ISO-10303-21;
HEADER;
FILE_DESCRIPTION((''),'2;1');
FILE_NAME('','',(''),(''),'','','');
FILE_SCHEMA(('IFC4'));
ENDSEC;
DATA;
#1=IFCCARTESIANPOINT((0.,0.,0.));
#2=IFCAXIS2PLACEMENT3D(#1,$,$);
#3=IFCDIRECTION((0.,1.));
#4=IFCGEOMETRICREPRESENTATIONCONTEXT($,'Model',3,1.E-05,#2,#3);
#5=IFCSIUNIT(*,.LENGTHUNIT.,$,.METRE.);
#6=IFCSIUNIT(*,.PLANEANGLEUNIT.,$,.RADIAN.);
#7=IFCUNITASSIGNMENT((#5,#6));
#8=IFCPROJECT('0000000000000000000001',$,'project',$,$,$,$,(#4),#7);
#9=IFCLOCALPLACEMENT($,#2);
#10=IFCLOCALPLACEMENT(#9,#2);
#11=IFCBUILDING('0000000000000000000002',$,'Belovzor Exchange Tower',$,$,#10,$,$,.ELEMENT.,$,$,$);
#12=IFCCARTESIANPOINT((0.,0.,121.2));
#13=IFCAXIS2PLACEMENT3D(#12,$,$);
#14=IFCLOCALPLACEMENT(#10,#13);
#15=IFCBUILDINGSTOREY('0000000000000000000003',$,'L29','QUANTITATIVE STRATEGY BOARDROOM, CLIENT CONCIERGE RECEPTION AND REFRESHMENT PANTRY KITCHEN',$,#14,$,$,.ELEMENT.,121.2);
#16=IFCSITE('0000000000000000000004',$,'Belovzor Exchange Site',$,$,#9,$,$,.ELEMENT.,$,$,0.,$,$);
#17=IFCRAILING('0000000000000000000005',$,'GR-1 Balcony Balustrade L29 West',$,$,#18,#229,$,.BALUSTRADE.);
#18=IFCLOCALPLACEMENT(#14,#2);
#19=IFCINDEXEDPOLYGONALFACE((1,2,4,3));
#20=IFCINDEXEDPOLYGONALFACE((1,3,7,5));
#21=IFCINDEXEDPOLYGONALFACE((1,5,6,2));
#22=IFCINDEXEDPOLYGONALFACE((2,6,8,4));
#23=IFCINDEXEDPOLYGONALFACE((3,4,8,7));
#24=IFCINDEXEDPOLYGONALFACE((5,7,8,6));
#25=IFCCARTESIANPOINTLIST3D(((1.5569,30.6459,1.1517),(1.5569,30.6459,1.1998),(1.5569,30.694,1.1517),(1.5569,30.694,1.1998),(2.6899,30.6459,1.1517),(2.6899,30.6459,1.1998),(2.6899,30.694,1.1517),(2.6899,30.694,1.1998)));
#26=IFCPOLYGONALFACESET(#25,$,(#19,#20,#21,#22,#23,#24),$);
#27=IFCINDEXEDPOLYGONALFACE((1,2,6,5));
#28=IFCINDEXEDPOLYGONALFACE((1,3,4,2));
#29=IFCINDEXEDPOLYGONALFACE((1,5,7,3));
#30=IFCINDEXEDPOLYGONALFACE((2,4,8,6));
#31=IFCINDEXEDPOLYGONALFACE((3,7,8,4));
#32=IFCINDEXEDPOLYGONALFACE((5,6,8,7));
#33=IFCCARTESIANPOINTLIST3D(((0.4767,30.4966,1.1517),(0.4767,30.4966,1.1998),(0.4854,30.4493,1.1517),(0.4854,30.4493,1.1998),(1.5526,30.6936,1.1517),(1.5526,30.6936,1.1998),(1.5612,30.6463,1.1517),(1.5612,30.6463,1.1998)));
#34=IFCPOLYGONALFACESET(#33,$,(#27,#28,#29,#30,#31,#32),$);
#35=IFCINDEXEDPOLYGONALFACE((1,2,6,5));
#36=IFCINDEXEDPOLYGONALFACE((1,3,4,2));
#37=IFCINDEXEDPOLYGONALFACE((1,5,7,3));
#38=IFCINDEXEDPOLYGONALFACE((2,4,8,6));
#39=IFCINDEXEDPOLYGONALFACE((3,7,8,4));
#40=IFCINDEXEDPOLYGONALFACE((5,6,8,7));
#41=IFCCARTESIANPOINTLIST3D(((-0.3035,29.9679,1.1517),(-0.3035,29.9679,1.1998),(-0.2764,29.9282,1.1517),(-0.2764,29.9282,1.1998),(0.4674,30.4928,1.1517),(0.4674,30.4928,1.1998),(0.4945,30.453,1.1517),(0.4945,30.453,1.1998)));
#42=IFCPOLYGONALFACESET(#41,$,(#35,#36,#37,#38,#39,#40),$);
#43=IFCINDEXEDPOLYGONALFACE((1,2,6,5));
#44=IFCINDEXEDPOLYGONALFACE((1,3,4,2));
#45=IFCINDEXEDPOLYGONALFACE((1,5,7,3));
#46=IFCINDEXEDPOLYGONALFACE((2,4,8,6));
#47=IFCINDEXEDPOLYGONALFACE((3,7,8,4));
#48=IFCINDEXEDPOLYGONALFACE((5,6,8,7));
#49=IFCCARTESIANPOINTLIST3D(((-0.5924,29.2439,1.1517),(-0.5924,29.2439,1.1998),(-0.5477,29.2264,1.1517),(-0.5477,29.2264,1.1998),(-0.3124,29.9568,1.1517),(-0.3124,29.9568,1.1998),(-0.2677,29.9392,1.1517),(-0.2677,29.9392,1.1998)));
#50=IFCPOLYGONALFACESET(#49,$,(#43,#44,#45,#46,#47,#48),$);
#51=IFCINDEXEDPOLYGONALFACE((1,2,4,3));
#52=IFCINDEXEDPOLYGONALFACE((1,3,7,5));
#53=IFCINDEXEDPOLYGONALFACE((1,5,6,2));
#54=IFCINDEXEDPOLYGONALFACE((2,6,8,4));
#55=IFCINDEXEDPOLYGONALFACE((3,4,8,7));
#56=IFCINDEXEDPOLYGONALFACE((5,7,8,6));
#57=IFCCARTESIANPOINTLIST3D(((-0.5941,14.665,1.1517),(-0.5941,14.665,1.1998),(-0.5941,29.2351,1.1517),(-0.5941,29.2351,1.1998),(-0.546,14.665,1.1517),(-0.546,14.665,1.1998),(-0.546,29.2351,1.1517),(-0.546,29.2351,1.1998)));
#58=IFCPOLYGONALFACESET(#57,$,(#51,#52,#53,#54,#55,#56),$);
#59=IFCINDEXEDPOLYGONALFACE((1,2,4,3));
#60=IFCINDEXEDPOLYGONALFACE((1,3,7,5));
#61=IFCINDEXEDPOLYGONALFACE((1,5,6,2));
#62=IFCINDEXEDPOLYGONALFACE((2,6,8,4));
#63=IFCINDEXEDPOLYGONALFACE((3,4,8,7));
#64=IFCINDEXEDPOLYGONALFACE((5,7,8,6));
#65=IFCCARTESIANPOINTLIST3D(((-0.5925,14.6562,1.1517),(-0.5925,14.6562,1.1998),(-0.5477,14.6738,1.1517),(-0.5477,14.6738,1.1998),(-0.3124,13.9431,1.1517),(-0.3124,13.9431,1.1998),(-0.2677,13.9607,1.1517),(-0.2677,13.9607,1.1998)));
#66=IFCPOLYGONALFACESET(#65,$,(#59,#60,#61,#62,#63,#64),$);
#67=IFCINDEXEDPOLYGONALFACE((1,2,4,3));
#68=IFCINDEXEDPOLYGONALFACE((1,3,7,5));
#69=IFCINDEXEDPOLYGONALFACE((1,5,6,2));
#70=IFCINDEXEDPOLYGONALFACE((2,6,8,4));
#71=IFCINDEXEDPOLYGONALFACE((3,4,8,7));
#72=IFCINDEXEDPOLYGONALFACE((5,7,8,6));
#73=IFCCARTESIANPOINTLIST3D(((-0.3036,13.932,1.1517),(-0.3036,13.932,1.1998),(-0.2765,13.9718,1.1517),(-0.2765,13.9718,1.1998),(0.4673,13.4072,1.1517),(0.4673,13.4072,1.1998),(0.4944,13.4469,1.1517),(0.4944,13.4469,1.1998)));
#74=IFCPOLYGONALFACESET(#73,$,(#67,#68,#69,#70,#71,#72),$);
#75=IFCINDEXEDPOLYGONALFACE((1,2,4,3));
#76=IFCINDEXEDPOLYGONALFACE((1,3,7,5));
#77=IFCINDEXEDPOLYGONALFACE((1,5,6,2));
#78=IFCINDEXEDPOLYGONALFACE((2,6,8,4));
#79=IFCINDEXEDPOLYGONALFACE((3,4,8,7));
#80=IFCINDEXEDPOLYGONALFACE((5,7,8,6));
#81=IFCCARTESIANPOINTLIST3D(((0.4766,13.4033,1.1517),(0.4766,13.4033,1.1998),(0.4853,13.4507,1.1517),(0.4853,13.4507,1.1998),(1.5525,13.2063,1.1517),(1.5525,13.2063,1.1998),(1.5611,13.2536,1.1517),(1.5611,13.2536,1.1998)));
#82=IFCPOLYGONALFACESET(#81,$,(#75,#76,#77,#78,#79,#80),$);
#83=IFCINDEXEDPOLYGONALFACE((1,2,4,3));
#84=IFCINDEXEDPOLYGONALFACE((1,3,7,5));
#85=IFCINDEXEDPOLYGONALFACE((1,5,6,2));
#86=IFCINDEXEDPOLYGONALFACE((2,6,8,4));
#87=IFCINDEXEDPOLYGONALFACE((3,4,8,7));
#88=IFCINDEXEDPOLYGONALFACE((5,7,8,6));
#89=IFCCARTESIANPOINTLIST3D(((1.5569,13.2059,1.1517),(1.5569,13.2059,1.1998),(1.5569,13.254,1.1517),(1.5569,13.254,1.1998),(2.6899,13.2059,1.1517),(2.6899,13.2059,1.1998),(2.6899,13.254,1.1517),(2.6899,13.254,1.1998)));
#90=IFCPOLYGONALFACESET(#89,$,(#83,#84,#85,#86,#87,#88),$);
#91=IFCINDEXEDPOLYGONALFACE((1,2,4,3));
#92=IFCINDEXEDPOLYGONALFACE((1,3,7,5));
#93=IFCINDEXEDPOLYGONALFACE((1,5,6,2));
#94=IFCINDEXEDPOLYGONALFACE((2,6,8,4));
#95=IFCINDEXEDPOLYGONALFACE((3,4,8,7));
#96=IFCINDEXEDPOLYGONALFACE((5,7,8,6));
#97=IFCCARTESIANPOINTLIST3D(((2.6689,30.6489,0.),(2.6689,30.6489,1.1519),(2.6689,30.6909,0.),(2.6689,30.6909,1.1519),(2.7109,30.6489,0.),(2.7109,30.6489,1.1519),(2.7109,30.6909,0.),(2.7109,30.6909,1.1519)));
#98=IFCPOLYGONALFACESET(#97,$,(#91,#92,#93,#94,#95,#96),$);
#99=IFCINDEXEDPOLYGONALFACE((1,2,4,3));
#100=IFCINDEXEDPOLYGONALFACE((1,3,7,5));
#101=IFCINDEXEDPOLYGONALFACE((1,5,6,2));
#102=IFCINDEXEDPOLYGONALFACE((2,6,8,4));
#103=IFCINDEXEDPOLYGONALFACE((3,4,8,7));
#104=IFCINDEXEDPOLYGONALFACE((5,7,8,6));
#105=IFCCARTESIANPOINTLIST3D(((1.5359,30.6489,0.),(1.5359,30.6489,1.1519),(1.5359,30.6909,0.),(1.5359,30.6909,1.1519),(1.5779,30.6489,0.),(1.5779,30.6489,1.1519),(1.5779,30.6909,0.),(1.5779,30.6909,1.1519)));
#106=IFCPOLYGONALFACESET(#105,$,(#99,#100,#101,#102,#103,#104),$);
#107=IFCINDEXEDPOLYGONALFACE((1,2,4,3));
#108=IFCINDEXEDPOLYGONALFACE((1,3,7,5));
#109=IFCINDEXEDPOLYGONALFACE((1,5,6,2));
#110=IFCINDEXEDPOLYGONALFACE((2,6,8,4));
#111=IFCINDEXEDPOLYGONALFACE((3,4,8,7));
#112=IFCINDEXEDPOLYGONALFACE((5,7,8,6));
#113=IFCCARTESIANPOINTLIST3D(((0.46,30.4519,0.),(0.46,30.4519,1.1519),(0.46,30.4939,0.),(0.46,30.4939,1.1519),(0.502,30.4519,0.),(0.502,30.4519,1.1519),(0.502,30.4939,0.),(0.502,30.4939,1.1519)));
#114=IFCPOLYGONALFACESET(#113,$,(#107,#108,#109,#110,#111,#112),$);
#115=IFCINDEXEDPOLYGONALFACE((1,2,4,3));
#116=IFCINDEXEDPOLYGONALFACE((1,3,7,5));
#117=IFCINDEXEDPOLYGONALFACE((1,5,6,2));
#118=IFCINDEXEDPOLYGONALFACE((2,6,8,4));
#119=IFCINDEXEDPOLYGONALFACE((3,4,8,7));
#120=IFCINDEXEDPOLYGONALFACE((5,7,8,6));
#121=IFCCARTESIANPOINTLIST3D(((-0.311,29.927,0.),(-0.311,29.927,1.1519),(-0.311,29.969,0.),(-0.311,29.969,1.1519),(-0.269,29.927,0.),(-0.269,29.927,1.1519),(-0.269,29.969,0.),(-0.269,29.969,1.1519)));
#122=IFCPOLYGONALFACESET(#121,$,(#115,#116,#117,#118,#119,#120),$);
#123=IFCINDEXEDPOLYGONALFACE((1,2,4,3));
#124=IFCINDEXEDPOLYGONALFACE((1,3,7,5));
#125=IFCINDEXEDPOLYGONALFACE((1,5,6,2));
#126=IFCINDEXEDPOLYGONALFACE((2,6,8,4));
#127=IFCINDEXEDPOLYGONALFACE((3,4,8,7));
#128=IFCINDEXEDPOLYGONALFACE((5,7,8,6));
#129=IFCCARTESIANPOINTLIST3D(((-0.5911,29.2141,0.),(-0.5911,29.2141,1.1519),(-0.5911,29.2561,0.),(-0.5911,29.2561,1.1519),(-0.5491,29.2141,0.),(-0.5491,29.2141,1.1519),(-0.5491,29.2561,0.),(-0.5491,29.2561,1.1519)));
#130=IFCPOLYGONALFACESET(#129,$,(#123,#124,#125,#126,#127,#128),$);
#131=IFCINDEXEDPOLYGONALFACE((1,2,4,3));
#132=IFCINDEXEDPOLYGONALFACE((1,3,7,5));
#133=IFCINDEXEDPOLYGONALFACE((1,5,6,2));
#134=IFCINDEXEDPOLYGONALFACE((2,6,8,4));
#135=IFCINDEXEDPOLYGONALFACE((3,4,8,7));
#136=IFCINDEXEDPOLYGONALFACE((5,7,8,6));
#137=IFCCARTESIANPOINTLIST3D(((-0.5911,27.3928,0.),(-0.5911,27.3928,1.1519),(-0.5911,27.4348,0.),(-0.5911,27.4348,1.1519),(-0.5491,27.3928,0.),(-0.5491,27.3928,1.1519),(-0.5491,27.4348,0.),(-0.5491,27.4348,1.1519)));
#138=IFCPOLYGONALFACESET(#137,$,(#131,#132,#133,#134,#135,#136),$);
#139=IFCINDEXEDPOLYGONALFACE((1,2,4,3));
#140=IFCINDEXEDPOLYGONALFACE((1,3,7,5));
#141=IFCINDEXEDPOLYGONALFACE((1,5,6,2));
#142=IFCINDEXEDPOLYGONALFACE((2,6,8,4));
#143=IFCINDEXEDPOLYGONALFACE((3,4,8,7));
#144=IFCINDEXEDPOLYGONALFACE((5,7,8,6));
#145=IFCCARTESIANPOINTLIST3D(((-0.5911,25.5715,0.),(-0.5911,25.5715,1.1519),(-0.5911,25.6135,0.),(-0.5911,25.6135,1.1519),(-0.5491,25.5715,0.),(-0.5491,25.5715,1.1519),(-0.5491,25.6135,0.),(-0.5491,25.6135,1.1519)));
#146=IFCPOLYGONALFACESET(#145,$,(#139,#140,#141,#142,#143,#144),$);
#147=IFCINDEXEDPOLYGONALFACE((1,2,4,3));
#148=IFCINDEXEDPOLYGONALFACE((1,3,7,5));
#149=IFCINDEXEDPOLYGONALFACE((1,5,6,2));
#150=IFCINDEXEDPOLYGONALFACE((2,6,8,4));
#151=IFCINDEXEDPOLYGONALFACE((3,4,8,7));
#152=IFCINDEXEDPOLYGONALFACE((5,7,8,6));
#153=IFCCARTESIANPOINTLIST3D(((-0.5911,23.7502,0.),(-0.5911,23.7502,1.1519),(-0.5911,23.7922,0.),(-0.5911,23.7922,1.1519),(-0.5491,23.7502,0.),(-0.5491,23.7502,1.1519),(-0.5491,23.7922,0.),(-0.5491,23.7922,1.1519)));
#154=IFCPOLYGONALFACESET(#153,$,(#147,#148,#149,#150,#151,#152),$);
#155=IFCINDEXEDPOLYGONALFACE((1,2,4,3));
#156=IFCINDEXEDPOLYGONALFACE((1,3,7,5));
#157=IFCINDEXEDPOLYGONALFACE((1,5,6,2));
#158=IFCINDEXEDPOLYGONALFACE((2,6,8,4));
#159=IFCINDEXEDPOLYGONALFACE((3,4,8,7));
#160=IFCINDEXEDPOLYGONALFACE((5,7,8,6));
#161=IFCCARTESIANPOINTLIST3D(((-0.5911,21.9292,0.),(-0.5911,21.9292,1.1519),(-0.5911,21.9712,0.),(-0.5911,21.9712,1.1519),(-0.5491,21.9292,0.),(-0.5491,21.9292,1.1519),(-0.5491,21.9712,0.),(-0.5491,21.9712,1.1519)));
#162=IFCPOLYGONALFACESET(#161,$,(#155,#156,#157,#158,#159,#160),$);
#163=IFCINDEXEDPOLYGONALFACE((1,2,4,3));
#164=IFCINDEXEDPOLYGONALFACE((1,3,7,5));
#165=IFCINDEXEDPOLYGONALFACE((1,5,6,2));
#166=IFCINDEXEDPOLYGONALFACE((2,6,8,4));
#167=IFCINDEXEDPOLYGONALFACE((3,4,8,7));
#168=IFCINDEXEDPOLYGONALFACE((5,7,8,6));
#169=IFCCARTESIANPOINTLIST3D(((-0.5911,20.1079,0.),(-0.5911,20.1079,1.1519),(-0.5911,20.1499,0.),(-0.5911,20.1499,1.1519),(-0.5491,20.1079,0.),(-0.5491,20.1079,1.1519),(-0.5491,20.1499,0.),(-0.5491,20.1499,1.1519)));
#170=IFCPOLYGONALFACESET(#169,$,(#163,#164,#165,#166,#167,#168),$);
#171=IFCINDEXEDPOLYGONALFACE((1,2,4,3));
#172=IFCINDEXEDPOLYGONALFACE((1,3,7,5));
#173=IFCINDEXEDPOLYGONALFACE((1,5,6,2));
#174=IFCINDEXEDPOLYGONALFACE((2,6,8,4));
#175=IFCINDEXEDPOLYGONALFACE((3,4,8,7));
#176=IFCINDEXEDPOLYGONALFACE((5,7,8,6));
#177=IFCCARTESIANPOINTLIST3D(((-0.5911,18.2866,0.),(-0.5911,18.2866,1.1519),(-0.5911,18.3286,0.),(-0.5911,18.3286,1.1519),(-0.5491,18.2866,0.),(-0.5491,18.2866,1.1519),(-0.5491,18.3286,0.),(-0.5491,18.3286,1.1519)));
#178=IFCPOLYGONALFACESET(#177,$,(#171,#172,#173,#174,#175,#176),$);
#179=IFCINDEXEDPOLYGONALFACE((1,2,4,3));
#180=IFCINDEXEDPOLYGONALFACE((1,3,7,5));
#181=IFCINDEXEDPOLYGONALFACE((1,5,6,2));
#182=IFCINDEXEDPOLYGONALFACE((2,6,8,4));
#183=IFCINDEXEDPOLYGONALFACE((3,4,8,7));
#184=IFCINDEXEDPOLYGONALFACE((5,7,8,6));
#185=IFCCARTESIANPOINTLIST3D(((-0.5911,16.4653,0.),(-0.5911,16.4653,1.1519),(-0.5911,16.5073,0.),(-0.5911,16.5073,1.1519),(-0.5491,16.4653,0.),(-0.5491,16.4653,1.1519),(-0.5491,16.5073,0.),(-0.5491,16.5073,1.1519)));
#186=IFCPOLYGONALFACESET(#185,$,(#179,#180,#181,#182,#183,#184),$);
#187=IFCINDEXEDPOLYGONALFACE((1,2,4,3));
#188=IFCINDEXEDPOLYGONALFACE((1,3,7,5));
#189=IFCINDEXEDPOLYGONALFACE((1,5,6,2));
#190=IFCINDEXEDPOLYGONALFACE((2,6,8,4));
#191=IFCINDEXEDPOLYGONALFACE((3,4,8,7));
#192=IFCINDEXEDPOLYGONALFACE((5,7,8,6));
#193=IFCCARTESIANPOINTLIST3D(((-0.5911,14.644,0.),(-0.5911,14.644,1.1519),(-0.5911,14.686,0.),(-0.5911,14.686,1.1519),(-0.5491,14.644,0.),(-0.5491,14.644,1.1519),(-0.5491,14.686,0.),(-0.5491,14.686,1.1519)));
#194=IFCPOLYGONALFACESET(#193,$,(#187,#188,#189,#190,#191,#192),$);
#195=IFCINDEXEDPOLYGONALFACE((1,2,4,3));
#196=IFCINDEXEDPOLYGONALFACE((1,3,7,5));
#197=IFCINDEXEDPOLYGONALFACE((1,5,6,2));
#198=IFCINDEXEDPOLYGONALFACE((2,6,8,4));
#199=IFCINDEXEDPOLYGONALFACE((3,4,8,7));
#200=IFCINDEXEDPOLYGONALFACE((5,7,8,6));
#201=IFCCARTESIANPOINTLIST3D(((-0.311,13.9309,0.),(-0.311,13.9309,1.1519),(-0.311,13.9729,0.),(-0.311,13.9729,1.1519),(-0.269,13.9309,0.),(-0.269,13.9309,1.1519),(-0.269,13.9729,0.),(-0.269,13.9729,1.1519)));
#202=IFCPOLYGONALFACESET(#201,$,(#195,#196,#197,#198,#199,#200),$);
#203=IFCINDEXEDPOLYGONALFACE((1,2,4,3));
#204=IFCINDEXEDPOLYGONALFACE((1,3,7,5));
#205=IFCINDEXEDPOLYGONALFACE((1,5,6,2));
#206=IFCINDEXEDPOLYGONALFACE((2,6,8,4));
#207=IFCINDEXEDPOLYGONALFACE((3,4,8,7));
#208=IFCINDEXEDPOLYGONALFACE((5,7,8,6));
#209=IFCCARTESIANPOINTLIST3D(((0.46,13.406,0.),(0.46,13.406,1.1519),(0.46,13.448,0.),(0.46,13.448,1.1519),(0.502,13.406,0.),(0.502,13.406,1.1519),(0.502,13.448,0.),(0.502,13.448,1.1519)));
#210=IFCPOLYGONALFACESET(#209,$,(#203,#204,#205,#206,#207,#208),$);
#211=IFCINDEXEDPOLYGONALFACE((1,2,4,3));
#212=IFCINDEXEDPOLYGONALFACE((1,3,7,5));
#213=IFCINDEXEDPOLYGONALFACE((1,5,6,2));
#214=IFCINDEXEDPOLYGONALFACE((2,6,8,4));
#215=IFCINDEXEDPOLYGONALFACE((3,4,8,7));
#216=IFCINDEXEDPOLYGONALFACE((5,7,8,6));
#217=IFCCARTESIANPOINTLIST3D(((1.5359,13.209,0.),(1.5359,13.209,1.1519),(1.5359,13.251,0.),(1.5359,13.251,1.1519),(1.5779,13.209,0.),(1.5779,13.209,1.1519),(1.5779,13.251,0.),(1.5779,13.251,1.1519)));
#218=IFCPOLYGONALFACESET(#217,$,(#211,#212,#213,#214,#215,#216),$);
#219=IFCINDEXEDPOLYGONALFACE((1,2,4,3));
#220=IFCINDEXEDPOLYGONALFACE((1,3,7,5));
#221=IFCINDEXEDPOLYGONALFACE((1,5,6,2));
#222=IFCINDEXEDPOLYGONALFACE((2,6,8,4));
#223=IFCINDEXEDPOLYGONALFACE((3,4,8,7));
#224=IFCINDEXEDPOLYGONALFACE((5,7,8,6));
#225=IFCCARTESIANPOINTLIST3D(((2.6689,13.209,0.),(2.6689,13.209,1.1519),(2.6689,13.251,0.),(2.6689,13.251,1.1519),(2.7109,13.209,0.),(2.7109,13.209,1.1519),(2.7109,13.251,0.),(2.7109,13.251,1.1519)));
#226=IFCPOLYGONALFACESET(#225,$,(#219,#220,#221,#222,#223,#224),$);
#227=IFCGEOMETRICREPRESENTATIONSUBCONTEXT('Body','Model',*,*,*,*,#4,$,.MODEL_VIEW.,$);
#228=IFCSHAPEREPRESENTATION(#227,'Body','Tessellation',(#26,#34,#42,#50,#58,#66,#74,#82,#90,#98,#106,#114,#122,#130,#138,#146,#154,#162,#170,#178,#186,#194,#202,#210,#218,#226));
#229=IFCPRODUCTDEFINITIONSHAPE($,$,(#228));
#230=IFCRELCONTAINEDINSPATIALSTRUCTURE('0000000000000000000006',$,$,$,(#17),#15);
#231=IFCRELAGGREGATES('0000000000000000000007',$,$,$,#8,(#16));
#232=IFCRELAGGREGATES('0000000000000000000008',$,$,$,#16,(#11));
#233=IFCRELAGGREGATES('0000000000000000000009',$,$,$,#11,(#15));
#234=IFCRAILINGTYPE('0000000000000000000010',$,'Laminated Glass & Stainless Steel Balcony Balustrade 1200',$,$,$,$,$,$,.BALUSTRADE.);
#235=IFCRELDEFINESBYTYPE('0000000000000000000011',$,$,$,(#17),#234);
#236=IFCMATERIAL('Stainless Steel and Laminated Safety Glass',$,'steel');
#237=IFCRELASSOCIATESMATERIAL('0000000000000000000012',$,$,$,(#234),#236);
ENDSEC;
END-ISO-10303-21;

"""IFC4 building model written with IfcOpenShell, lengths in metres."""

from ifc_helpers import new_model, si_unit, direction, frame, origin, origin_2d, place, context, subcontext, project, spatial, rectangle, extrude, material, type_object, element, save


model = new_model("IFC4")

# Units and contexts
model_context = context("Model", 3, precision=1e-05, world=origin(), true_north=direction((0.0, 1.0)))
body_context = subcontext(model_context, "Body", "Model", "MODEL_VIEW")
ifc_project = project(units=[si_unit("LENGTHUNIT", "METRE"), si_unit("PLANEANGLEUNIT", "RADIAN")], contexts=[model_context])

# Site, building, storey
site_placement = place(None, origin())
site = spatial("IfcSite", under=ifc_project, at=site_placement, Name="Belovzor Exchange Site", CompositionType="ELEMENT", RefElevation=0.0)
building_placement = place(site_placement, origin())
building = spatial("IfcBuilding", under=site, at=building_placement, Name="Belovzor Exchange Tower", CompositionType="ELEMENT")
storey_placement = place(building_placement, frame((0.0, 0.0, 121.2)))
storey = spatial("IfcBuildingStorey", under=building, at=storey_placement, Name="L29", Description="QUANTITATIVE STRATEGY BOARDROOM, CLIENT CONCIERGE RECEPTION AND REFRESHMENT PANTRY KITCHEN", CompositionType="ELEMENT", Elevation=121.2)

# Railing
ifc_material_1 = material(Name="Stainless Steel and Laminated Safety Glass", Category="steel")
railing_type = type_object("IfcRailingType", Name="Laminated Glass & Stainless Steel Balcony Balustrade 1200", PredefinedType="BALUSTRADE", material=ifc_material_1)
railing_placement = place(storey_placement, frame((2.6899, 30.6699, 0.0)))
element("IfcRailing", 1, at=railing_placement, inside=storey, type_object=railing_type, Name="GR-1 Balcony Balustrade L29 West", PredefinedType="BALUSTRADE", context=body_context, shape_type="SweptSolid", body=[
    extrude(rectangle(XDim=0.0481, YDim=0.0481, at=origin_2d()), frame((0.0, 0.0, 1.1758), z_axis=(-1.0, 0.0, 0.0), x_axis=(0.0, -1.0, 0.0)), (0.0, 0.0, 1.0), 1.1331),
    extrude(rectangle(XDim=0.0481, YDim=0.0481, at=origin_2d()), frame((-1.1331, 0.0, 1.1758), z_axis=(-0.983644, -0.180123, 0.0), x_axis=(0.180123, -0.983644, 0.0)), (0.0, 0.0, 1.0), 1.0938),
    extrude(rectangle(XDim=0.0481, YDim=0.0481, at=origin_2d()), frame((-2.209, -0.197, 1.1758), z_axis=(-0.826615, -0.562768, 0.0), x_axis=(0.562768, -0.826615, 0.0)), (0.0, 0.0, 1.0), 0.9326),
    extrude(rectangle(XDim=0.0481, YDim=0.0481, at=origin_2d()), frame((-2.98, -0.7219, 1.1758), z_axis=(-0.365613, -0.930767, 0.0), x_axis=(0.930767, -0.365613, 0.0)), (0.0, 0.0, 1.0), 0.7659),
    extrude(rectangle(XDim=0.0481, YDim=0.0481, at=origin_2d()), frame((-3.26, -1.4348, 1.1758), z_axis=(0.0, -1.0, 0.0), x_axis=(1.0, 0.0, 0.0)), (0.0, 0.0, 1.0), 14.5701),
    extrude(rectangle(XDim=0.0481, YDim=0.0481, at=origin_2d()), frame((-3.26, -16.0049, 1.1758), z_axis=(0.365504, -0.93081, 0.0), x_axis=(0.93081, 0.365504, 0.0)), (0.0, 0.0, 1.0), 0.7661),
    extrude(rectangle(XDim=0.0481, YDim=0.0481, at=origin_2d()), frame((-2.98, -16.718, 1.1758), z_axis=(0.826615, -0.562768, 0.0), x_axis=(0.562768, 0.826615, 0.0)), (0.0, 0.0, 1.0), 0.9326),
    extrude(rectangle(XDim=0.0481, YDim=0.0481, at=origin_2d()), frame((-2.209, -17.2429, 1.1758), z_axis=(0.983644, -0.180123, 0.0), x_axis=(0.180123, 0.983644, 0.0)), (0.0, 0.0, 1.0), 1.0938),
    extrude(rectangle(XDim=0.0481, YDim=0.0481, at=origin_2d()), frame((-1.1331, -17.4399, 1.1758), z_axis=(1.0, 0.0, 0.0), x_axis=(0.0, 1.0, 0.0)), (0.0, 0.0, 1.0), 1.1331),
    extrude(rectangle(XDim=0.042, YDim=0.042, at=origin_2d()), origin(), (0.0, 0.0, 1.0), 1.1519),
    extrude(rectangle(XDim=0.042, YDim=0.042, at=origin_2d()), frame((-1.1331, 0.0, 0.0)), (0.0, 0.0, 1.0), 1.1519),
    extrude(rectangle(XDim=0.042, YDim=0.042, at=origin_2d()), frame((-2.209, -0.197, 0.0)), (0.0, 0.0, 1.0), 1.1519),
    extrude(rectangle(XDim=0.042, YDim=0.042, at=origin_2d()), frame((-2.98, -0.7219, 0.0)), (0.0, 0.0, 1.0), 1.1519),
    extrude(rectangle(XDim=0.042, YDim=0.042, at=origin_2d()), frame((-3.26, -1.4348, 0.0)), (0.0, 0.0, 1.0), 1.1519),
    extrude(rectangle(XDim=0.042, YDim=0.042, at=origin_2d()), frame((-3.26, -3.2561, 0.0)), (0.0, 0.0, 1.0), 1.1519),
    extrude(rectangle(XDim=0.042, YDim=0.042, at=origin_2d()), frame((-3.26, -5.0774, 0.0)), (0.0, 0.0, 1.0), 1.1519),
    extrude(rectangle(XDim=0.042, YDim=0.042, at=origin_2d()), frame((-3.26, -6.8987, 0.0)), (0.0, 0.0, 1.0), 1.1519),
    extrude(rectangle(XDim=0.042, YDim=0.042, at=origin_2d()), frame((-3.26, -8.7197, 0.0)), (0.0, 0.0, 1.0), 1.1519),
    extrude(rectangle(XDim=0.042, YDim=0.042, at=origin_2d()), frame((-3.26, -10.541, 0.0)), (0.0, 0.0, 1.0), 1.1519),
    extrude(rectangle(XDim=0.042, YDim=0.042, at=origin_2d()), frame((-3.26, -12.3623, 0.0)), (0.0, 0.0, 1.0), 1.1519),
    extrude(rectangle(XDim=0.042, YDim=0.042, at=origin_2d()), frame((-3.26, -14.1836, 0.0)), (0.0, 0.0, 1.0), 1.1519),
    extrude(rectangle(XDim=0.042, YDim=0.042, at=origin_2d()), frame((-3.26, -16.0049, 0.0)), (0.0, 0.0, 1.0), 1.1519),
    extrude(rectangle(XDim=0.042, YDim=0.042, at=origin_2d()), frame((-2.98, -16.718, 0.0)), (0.0, 0.0, 1.0), 1.1519),
    extrude(rectangle(XDim=0.042, YDim=0.042, at=origin_2d()), frame((-2.209, -17.2429, 0.0)), (0.0, 0.0, 1.0), 1.1519),
    extrude(rectangle(XDim=0.042, YDim=0.042, at=origin_2d()), frame((-1.1331, -17.4399, 0.0)), (0.0, 0.0, 1.0), 1.1519),
    extrude(rectangle(XDim=0.042, YDim=0.042, at=origin_2d()), frame((0.0, -17.4399, 0.0)), (0.0, 0.0, 1.0), 1.1519),
])

save(model, "model.ifc")
